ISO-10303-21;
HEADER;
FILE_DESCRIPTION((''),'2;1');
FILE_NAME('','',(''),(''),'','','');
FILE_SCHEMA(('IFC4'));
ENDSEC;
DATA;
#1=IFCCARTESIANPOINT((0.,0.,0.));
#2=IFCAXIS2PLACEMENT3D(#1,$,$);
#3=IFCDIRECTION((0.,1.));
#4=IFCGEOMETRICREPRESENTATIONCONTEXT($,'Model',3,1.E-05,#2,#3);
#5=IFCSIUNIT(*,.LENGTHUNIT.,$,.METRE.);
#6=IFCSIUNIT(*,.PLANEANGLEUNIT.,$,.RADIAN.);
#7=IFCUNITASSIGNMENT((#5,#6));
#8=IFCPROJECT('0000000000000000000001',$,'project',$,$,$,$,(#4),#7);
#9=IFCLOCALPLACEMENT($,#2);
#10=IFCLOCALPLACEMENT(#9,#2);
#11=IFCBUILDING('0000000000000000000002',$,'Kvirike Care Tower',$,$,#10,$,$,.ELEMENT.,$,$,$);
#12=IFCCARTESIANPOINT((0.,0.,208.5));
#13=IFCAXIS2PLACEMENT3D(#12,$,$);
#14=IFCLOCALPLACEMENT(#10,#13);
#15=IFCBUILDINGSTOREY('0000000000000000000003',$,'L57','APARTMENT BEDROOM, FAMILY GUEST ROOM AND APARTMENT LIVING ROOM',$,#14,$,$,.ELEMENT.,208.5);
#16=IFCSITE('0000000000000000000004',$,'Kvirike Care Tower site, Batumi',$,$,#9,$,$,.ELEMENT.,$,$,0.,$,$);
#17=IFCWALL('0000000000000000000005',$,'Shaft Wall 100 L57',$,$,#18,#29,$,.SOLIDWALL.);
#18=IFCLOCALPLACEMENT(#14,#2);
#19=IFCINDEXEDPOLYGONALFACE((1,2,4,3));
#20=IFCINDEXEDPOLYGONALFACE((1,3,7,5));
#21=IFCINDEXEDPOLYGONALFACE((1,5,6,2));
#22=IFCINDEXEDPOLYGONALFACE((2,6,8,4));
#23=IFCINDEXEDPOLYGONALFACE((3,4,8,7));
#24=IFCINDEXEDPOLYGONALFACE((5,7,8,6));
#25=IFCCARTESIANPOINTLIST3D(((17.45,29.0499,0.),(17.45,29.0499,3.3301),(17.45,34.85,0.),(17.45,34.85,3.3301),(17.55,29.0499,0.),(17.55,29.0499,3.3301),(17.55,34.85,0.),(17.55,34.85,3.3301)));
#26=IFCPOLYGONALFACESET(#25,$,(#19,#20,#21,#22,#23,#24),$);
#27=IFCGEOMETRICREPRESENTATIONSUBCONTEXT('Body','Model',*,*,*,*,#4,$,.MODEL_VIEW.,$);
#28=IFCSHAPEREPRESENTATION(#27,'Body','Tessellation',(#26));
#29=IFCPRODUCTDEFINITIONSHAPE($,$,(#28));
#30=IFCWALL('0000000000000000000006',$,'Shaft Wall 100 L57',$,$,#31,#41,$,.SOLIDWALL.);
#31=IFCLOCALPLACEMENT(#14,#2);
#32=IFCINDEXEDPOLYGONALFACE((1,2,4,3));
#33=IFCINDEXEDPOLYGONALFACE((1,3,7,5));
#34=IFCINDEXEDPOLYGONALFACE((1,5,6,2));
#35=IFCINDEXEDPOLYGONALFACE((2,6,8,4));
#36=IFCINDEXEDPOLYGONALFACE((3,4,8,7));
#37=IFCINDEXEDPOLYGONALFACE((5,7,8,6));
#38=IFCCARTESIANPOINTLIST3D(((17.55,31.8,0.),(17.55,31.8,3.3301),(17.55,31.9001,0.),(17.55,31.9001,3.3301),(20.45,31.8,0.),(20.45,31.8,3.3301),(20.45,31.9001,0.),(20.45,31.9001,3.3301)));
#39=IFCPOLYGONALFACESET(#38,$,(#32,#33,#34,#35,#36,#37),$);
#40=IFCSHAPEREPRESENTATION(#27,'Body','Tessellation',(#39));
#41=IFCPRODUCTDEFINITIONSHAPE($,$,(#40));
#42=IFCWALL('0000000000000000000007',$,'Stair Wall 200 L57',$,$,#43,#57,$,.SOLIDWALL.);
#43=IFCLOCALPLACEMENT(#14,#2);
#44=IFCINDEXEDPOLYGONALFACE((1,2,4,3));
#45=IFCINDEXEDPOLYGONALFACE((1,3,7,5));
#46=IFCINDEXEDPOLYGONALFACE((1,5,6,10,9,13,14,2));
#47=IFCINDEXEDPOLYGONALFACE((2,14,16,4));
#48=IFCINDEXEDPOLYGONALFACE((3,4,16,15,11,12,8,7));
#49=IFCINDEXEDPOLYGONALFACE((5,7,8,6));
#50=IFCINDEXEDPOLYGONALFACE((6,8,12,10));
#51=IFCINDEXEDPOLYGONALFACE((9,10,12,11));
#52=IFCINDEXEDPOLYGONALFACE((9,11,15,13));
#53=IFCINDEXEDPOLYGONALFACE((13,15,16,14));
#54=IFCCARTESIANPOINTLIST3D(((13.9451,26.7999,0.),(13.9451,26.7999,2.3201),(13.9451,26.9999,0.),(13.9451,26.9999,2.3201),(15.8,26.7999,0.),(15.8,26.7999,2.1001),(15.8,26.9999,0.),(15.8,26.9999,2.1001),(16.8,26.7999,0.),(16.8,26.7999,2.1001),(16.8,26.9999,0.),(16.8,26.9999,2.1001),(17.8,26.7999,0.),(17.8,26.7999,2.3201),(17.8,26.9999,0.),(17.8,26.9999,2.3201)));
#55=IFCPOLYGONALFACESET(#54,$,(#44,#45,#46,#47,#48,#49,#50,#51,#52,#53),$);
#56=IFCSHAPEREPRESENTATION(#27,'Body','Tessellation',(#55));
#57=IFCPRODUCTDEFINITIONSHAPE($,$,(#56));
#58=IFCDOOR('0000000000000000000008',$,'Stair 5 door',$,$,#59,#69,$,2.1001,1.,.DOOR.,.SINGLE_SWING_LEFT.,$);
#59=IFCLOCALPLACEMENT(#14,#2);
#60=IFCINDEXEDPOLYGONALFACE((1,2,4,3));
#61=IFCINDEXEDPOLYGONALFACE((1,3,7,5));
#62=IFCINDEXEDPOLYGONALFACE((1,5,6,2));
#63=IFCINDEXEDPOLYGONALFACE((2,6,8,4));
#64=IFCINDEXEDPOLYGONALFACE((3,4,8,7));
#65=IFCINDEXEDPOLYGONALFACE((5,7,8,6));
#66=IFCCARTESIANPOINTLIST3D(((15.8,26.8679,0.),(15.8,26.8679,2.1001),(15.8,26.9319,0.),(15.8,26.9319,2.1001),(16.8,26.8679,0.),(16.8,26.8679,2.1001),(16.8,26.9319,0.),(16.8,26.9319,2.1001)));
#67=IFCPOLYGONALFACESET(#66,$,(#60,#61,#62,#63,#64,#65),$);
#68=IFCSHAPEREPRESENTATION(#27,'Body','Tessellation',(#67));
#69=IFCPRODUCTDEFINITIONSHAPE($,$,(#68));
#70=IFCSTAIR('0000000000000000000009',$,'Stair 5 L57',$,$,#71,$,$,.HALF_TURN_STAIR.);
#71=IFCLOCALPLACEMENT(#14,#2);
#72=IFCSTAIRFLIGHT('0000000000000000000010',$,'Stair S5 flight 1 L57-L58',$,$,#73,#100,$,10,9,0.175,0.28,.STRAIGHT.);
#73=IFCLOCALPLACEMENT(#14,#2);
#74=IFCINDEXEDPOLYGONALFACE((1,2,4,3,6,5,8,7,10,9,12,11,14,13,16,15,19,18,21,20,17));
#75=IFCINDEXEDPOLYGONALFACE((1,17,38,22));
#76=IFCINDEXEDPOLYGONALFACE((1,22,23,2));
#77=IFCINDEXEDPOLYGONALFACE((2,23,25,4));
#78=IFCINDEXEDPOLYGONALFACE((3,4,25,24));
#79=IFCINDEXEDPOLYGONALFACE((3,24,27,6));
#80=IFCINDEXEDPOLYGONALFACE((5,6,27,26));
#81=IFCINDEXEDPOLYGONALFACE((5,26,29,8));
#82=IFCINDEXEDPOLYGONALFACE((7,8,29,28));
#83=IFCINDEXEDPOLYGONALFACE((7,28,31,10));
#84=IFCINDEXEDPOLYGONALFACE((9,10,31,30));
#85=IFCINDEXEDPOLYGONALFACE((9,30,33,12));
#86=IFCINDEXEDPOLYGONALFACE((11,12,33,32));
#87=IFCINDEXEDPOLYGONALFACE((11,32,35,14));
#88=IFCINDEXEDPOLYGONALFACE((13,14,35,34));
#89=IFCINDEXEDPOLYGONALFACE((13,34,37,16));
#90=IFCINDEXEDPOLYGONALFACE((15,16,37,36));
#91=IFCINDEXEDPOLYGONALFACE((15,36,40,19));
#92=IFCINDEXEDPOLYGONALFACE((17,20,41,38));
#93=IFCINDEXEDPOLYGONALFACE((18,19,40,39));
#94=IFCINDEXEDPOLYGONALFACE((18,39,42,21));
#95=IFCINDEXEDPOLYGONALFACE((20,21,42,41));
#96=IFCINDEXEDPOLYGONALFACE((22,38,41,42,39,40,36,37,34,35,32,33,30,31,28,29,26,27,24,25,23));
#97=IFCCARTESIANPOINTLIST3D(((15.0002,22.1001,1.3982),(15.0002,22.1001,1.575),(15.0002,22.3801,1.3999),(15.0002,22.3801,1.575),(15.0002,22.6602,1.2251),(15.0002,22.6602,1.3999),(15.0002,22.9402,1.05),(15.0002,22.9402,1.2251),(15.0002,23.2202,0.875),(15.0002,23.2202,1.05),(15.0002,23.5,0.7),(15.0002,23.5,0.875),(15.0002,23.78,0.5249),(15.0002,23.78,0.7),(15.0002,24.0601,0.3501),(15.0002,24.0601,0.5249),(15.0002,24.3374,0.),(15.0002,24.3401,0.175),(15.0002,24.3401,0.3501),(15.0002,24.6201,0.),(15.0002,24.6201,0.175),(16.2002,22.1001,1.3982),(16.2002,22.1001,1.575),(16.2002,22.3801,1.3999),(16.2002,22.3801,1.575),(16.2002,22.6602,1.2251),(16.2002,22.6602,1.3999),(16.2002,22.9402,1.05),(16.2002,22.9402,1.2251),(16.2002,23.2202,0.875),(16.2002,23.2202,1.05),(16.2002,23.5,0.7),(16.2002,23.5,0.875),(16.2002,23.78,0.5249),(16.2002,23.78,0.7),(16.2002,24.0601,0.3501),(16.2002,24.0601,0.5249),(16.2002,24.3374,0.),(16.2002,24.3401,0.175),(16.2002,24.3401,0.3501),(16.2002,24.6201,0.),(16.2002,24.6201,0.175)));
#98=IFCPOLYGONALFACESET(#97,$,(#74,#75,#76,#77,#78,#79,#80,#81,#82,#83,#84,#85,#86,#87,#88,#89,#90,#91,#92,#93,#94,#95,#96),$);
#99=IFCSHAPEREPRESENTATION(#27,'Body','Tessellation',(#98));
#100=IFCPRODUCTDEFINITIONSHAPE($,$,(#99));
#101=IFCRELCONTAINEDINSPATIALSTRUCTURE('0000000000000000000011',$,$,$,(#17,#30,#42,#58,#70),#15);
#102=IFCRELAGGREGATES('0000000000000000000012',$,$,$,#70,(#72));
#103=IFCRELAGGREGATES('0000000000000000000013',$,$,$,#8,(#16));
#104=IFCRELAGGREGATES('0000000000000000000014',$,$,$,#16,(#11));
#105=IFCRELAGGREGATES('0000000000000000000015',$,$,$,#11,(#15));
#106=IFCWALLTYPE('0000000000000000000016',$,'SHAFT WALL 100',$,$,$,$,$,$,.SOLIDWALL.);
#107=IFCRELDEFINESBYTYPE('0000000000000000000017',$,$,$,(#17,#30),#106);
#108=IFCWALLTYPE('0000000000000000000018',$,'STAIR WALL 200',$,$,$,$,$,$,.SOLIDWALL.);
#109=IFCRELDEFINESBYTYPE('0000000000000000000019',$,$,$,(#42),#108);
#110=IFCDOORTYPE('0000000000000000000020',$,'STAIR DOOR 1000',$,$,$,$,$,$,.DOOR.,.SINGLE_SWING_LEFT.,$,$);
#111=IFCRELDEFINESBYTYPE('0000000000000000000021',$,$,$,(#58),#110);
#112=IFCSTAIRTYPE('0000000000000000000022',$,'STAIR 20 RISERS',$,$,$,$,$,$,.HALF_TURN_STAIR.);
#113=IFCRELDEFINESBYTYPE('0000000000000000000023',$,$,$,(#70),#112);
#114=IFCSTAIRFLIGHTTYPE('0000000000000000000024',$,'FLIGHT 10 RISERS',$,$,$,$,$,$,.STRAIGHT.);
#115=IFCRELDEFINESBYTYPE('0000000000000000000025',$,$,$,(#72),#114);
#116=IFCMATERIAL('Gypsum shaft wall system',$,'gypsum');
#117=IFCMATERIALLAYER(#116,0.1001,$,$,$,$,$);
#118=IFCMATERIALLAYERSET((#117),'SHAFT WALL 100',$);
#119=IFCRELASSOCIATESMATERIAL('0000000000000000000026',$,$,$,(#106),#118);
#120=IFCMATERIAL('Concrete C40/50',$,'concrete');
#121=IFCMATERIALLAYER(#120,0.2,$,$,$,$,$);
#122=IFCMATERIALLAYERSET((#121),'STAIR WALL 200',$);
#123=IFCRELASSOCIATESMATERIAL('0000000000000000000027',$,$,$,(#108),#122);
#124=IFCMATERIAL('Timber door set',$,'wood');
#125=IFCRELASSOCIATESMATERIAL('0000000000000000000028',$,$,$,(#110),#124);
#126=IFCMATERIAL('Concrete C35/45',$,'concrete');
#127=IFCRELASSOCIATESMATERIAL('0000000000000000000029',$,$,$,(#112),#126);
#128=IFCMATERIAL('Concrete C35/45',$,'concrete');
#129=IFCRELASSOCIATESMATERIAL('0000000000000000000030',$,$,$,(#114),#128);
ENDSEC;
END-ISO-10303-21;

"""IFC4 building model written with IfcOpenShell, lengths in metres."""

from ifc_helpers import new_model, si_unit, direction, frame, frame_2d, origin, place, context, subcontext, project, spatial, polyline, rectangle, outline, extrude, material, layer, layer_set, type_object, element, fill, aggregate, save


model = new_model("IFC4")

# Units and contexts
model_context = context("Model", 3, precision=1e-05, world=origin(), true_north=direction((0.0, 1.0)))
body_context = subcontext(model_context, "Body", "Model", "MODEL_VIEW")
ifc_project = project(units=[si_unit("LENGTHUNIT", "METRE"), si_unit("PLANEANGLEUNIT", "RADIAN")], contexts=[model_context])

# Site, building, storey
site_placement = place(None, origin())
site = spatial("IfcSite", under=ifc_project, at=site_placement, Name="Kvirike Care Tower site, Batumi", CompositionType="ELEMENT", RefElevation=0.0)
building_placement = place(site_placement, origin())
building = spatial("IfcBuilding", under=site, at=building_placement, Name="Kvirike Care Tower", CompositionType="ELEMENT")
storey_placement = place(building_placement, frame((0.0, 0.0, 208.5)))
storey = spatial("IfcBuildingStorey", under=building, at=storey_placement, Name="L57", Description="APARTMENT BEDROOM, FAMILY GUEST ROOM AND APARTMENT LIVING ROOM", CompositionType="ELEMENT", Elevation=208.5)

# Walls
ifc_material_1 = material(Name="Gypsum shaft wall system", Category="gypsum")
ifc_layer_1 = layer(ifc_material_1, 0.1001)
ifc_layer_set_1 = layer_set([ifc_layer_1], Name="SHAFT WALL 100")
wall_type_1 = type_object("IfcWallType", Name="SHAFT WALL 100", PredefinedType="SOLIDWALL", material=ifc_layer_set_1)
wall_1_placement = place(storey_placement, frame((17.5, 29.05, 0.0), z_axis=(0.0, 0.0, 1.0), x_axis=(0.0, 1.0, 0.0)))
element("IfcWall", 1, at=wall_1_placement, inside=storey, type_object=wall_type_1, Name="Shaft Wall 100 L57", PredefinedType="SOLIDWALL", context=body_context, shape_type="SweptSolid", body=[
    extrude(rectangle(XDim=5.8, YDim=0.1001, at=frame_2d((2.8999, 0.0))), origin(), (0.0, 0.0, 1.0), 3.3301),
])
wall_2_placement = place(storey_placement, frame((17.55, 31.8501, 0.0), z_axis=(0.0, 0.0, 1.0), x_axis=(1.0, 0.0, 0.0)))
element("IfcWall", 2, at=wall_2_placement, inside=storey, type_object=wall_type_1, Name="Shaft Wall 100 L57", PredefinedType="SOLIDWALL", context=body_context, shape_type="SweptSolid", body=[
    extrude(rectangle(XDim=2.8999, YDim=0.1001, at=frame_2d((1.45, 0.0))), origin(), (0.0, 0.0, 1.0), 3.3301),
])

# Wall, opening, door
ifc_material_2 = material(Name="Concrete C40/50", Category="concrete")
ifc_layer_2 = layer(ifc_material_2, 0.2)
ifc_layer_set_2 = layer_set([ifc_layer_2], Name="STAIR WALL 200")
wall_type_2 = type_object("IfcWallType", Name="STAIR WALL 200", PredefinedType="SOLIDWALL", material=ifc_layer_set_2)
wall_3_placement = place(storey_placement, frame((13.9451, 26.8999, 0.0), z_axis=(0.0, 0.0, 1.0), x_axis=(1.0, 0.0, 0.0)))
wall_3 = element("IfcWall", 3, at=wall_3_placement, inside=storey, type_object=wall_type_2, Name="Stair Wall 200 L57", PredefinedType="SOLIDWALL", context=body_context, shape_type="SweptSolid", body=[
    extrude(rectangle(XDim=3.855, YDim=0.2, at=frame_2d((1.9275, 0.0))), origin(), (0.0, 0.0, 1.0), 2.3201),
])
opening_1_placement = place(wall_3_placement, frame((1.855, 0.0, 0.0)))
opening_1 = element("IfcOpeningElement", 4, at=opening_1_placement, cuts=wall_3, PredefinedType="OPENING", context=body_context, shape_type="SweptSolid", body=[
    extrude(rectangle(XDim=1.0, YDim=2.1001, at=frame_2d((0.5, 1.05))), frame((0.0, 0.1106, 0.0), z_axis=(0.0, -1.0, 0.0), x_axis=(1.0, 0.0, 0.0)), (0.0, 0.0, 1.0), 0.2209),
])
ifc_material_3 = material(Name="Timber door set", Category="wood")
door_type_1 = type_object("IfcDoorType", Name="STAIR DOOR 1000", OperationType="SINGLE_SWING_LEFT", PredefinedType="DOOR", material=ifc_material_3)
door_1_placement = place(opening_1_placement, frame((1.0, 0.0, 0.0), z_axis=(0.0, 0.0, 1.0), x_axis=(-1.0, 0.0, 0.0)))
door_1 = element("IfcDoor", 5, at=door_1_placement, inside=storey, type_object=door_type_1, Name="Stair 5 door", OperationType="SINGLE_SWING_LEFT", OverallHeight=2.1001, OverallWidth=1.0, PredefinedType="DOOR", context=body_context, shape_type="SweptSolid", body=[
    extrude(rectangle(XDim=1.0, YDim=2.1001, at=frame_2d((0.5, 1.05))), frame((0.0, 0.032, 0.0), z_axis=(0.0, -1.0, 0.0), x_axis=(1.0, 0.0, 0.0)), (0.0, 0.0, 1.0), 0.064),
])
fill(opening_1, door_1)

# Stair, stair flight
ifc_material_4 = material(Name="Concrete C35/45", Category="concrete")
stair_type = type_object("IfcStairType", Name="STAIR 20 RISERS", PredefinedType="HALF_TURN_STAIR", material=ifc_material_4)
stair_placement = place(storey_placement, origin())
stair = element("IfcStair", 6, at=stair_placement, inside=storey, type_object=stair_type, Name="Stair 5 L57", PredefinedType="HALF_TURN_STAIR")
ifc_material_5 = material(Name="Concrete C35/45", Category="concrete")
stair_flight_type = type_object("IfcStairFlightType", Name="FLIGHT 10 RISERS", PredefinedType="STRAIGHT", material=ifc_material_5)
stair_flight_placement = place(storey_placement, frame((15.6001, 24.6201, 0.0), z_axis=(0.0, 0.0, 1.0), x_axis=(0.0, -1.0, 0.0)))
stair_flight = element("IfcStairFlight", 7, at=stair_flight_placement, type_object=stair_flight_type, Name="Stair S5 flight 1 L57-L58", NumberOfRisers=10, NumberOfTreads=9, PredefinedType="STRAIGHT", RiserHeight=0.175, TreadLength=0.28, context=body_context, shape_type="SweptSolid", body=[
    extrude(outline(polyline([(0.0, 0.0), (0.0, 0.175), (0.28, 0.175), (0.28, 0.3501), (0.5601, 0.3501), (0.5601, 0.5249), (0.8401, 0.5249), (0.8401, 0.7), (1.1201, 0.7), (1.1201, 0.875), (1.3999, 0.875), (1.3999, 1.05), (1.6799, 1.05), (1.6799, 1.2251), (1.96, 1.2251), (1.96, 1.3999), (2.24, 1.3999), (2.24, 1.575), (2.52, 1.575), (2.52, 1.75), (2.52, 1.3982), (0.2827, 0.0), (0.0, 0.0)])), frame((0.0, 0.6001, 0.0), z_axis=(0.0, -1.0, 0.0), x_axis=(1.0, 0.0, 0.0)), (0.0, 0.0, 1.0), 1.2),
])
aggregate(stair, [stair_flight])

save(model, "model.ifc")
